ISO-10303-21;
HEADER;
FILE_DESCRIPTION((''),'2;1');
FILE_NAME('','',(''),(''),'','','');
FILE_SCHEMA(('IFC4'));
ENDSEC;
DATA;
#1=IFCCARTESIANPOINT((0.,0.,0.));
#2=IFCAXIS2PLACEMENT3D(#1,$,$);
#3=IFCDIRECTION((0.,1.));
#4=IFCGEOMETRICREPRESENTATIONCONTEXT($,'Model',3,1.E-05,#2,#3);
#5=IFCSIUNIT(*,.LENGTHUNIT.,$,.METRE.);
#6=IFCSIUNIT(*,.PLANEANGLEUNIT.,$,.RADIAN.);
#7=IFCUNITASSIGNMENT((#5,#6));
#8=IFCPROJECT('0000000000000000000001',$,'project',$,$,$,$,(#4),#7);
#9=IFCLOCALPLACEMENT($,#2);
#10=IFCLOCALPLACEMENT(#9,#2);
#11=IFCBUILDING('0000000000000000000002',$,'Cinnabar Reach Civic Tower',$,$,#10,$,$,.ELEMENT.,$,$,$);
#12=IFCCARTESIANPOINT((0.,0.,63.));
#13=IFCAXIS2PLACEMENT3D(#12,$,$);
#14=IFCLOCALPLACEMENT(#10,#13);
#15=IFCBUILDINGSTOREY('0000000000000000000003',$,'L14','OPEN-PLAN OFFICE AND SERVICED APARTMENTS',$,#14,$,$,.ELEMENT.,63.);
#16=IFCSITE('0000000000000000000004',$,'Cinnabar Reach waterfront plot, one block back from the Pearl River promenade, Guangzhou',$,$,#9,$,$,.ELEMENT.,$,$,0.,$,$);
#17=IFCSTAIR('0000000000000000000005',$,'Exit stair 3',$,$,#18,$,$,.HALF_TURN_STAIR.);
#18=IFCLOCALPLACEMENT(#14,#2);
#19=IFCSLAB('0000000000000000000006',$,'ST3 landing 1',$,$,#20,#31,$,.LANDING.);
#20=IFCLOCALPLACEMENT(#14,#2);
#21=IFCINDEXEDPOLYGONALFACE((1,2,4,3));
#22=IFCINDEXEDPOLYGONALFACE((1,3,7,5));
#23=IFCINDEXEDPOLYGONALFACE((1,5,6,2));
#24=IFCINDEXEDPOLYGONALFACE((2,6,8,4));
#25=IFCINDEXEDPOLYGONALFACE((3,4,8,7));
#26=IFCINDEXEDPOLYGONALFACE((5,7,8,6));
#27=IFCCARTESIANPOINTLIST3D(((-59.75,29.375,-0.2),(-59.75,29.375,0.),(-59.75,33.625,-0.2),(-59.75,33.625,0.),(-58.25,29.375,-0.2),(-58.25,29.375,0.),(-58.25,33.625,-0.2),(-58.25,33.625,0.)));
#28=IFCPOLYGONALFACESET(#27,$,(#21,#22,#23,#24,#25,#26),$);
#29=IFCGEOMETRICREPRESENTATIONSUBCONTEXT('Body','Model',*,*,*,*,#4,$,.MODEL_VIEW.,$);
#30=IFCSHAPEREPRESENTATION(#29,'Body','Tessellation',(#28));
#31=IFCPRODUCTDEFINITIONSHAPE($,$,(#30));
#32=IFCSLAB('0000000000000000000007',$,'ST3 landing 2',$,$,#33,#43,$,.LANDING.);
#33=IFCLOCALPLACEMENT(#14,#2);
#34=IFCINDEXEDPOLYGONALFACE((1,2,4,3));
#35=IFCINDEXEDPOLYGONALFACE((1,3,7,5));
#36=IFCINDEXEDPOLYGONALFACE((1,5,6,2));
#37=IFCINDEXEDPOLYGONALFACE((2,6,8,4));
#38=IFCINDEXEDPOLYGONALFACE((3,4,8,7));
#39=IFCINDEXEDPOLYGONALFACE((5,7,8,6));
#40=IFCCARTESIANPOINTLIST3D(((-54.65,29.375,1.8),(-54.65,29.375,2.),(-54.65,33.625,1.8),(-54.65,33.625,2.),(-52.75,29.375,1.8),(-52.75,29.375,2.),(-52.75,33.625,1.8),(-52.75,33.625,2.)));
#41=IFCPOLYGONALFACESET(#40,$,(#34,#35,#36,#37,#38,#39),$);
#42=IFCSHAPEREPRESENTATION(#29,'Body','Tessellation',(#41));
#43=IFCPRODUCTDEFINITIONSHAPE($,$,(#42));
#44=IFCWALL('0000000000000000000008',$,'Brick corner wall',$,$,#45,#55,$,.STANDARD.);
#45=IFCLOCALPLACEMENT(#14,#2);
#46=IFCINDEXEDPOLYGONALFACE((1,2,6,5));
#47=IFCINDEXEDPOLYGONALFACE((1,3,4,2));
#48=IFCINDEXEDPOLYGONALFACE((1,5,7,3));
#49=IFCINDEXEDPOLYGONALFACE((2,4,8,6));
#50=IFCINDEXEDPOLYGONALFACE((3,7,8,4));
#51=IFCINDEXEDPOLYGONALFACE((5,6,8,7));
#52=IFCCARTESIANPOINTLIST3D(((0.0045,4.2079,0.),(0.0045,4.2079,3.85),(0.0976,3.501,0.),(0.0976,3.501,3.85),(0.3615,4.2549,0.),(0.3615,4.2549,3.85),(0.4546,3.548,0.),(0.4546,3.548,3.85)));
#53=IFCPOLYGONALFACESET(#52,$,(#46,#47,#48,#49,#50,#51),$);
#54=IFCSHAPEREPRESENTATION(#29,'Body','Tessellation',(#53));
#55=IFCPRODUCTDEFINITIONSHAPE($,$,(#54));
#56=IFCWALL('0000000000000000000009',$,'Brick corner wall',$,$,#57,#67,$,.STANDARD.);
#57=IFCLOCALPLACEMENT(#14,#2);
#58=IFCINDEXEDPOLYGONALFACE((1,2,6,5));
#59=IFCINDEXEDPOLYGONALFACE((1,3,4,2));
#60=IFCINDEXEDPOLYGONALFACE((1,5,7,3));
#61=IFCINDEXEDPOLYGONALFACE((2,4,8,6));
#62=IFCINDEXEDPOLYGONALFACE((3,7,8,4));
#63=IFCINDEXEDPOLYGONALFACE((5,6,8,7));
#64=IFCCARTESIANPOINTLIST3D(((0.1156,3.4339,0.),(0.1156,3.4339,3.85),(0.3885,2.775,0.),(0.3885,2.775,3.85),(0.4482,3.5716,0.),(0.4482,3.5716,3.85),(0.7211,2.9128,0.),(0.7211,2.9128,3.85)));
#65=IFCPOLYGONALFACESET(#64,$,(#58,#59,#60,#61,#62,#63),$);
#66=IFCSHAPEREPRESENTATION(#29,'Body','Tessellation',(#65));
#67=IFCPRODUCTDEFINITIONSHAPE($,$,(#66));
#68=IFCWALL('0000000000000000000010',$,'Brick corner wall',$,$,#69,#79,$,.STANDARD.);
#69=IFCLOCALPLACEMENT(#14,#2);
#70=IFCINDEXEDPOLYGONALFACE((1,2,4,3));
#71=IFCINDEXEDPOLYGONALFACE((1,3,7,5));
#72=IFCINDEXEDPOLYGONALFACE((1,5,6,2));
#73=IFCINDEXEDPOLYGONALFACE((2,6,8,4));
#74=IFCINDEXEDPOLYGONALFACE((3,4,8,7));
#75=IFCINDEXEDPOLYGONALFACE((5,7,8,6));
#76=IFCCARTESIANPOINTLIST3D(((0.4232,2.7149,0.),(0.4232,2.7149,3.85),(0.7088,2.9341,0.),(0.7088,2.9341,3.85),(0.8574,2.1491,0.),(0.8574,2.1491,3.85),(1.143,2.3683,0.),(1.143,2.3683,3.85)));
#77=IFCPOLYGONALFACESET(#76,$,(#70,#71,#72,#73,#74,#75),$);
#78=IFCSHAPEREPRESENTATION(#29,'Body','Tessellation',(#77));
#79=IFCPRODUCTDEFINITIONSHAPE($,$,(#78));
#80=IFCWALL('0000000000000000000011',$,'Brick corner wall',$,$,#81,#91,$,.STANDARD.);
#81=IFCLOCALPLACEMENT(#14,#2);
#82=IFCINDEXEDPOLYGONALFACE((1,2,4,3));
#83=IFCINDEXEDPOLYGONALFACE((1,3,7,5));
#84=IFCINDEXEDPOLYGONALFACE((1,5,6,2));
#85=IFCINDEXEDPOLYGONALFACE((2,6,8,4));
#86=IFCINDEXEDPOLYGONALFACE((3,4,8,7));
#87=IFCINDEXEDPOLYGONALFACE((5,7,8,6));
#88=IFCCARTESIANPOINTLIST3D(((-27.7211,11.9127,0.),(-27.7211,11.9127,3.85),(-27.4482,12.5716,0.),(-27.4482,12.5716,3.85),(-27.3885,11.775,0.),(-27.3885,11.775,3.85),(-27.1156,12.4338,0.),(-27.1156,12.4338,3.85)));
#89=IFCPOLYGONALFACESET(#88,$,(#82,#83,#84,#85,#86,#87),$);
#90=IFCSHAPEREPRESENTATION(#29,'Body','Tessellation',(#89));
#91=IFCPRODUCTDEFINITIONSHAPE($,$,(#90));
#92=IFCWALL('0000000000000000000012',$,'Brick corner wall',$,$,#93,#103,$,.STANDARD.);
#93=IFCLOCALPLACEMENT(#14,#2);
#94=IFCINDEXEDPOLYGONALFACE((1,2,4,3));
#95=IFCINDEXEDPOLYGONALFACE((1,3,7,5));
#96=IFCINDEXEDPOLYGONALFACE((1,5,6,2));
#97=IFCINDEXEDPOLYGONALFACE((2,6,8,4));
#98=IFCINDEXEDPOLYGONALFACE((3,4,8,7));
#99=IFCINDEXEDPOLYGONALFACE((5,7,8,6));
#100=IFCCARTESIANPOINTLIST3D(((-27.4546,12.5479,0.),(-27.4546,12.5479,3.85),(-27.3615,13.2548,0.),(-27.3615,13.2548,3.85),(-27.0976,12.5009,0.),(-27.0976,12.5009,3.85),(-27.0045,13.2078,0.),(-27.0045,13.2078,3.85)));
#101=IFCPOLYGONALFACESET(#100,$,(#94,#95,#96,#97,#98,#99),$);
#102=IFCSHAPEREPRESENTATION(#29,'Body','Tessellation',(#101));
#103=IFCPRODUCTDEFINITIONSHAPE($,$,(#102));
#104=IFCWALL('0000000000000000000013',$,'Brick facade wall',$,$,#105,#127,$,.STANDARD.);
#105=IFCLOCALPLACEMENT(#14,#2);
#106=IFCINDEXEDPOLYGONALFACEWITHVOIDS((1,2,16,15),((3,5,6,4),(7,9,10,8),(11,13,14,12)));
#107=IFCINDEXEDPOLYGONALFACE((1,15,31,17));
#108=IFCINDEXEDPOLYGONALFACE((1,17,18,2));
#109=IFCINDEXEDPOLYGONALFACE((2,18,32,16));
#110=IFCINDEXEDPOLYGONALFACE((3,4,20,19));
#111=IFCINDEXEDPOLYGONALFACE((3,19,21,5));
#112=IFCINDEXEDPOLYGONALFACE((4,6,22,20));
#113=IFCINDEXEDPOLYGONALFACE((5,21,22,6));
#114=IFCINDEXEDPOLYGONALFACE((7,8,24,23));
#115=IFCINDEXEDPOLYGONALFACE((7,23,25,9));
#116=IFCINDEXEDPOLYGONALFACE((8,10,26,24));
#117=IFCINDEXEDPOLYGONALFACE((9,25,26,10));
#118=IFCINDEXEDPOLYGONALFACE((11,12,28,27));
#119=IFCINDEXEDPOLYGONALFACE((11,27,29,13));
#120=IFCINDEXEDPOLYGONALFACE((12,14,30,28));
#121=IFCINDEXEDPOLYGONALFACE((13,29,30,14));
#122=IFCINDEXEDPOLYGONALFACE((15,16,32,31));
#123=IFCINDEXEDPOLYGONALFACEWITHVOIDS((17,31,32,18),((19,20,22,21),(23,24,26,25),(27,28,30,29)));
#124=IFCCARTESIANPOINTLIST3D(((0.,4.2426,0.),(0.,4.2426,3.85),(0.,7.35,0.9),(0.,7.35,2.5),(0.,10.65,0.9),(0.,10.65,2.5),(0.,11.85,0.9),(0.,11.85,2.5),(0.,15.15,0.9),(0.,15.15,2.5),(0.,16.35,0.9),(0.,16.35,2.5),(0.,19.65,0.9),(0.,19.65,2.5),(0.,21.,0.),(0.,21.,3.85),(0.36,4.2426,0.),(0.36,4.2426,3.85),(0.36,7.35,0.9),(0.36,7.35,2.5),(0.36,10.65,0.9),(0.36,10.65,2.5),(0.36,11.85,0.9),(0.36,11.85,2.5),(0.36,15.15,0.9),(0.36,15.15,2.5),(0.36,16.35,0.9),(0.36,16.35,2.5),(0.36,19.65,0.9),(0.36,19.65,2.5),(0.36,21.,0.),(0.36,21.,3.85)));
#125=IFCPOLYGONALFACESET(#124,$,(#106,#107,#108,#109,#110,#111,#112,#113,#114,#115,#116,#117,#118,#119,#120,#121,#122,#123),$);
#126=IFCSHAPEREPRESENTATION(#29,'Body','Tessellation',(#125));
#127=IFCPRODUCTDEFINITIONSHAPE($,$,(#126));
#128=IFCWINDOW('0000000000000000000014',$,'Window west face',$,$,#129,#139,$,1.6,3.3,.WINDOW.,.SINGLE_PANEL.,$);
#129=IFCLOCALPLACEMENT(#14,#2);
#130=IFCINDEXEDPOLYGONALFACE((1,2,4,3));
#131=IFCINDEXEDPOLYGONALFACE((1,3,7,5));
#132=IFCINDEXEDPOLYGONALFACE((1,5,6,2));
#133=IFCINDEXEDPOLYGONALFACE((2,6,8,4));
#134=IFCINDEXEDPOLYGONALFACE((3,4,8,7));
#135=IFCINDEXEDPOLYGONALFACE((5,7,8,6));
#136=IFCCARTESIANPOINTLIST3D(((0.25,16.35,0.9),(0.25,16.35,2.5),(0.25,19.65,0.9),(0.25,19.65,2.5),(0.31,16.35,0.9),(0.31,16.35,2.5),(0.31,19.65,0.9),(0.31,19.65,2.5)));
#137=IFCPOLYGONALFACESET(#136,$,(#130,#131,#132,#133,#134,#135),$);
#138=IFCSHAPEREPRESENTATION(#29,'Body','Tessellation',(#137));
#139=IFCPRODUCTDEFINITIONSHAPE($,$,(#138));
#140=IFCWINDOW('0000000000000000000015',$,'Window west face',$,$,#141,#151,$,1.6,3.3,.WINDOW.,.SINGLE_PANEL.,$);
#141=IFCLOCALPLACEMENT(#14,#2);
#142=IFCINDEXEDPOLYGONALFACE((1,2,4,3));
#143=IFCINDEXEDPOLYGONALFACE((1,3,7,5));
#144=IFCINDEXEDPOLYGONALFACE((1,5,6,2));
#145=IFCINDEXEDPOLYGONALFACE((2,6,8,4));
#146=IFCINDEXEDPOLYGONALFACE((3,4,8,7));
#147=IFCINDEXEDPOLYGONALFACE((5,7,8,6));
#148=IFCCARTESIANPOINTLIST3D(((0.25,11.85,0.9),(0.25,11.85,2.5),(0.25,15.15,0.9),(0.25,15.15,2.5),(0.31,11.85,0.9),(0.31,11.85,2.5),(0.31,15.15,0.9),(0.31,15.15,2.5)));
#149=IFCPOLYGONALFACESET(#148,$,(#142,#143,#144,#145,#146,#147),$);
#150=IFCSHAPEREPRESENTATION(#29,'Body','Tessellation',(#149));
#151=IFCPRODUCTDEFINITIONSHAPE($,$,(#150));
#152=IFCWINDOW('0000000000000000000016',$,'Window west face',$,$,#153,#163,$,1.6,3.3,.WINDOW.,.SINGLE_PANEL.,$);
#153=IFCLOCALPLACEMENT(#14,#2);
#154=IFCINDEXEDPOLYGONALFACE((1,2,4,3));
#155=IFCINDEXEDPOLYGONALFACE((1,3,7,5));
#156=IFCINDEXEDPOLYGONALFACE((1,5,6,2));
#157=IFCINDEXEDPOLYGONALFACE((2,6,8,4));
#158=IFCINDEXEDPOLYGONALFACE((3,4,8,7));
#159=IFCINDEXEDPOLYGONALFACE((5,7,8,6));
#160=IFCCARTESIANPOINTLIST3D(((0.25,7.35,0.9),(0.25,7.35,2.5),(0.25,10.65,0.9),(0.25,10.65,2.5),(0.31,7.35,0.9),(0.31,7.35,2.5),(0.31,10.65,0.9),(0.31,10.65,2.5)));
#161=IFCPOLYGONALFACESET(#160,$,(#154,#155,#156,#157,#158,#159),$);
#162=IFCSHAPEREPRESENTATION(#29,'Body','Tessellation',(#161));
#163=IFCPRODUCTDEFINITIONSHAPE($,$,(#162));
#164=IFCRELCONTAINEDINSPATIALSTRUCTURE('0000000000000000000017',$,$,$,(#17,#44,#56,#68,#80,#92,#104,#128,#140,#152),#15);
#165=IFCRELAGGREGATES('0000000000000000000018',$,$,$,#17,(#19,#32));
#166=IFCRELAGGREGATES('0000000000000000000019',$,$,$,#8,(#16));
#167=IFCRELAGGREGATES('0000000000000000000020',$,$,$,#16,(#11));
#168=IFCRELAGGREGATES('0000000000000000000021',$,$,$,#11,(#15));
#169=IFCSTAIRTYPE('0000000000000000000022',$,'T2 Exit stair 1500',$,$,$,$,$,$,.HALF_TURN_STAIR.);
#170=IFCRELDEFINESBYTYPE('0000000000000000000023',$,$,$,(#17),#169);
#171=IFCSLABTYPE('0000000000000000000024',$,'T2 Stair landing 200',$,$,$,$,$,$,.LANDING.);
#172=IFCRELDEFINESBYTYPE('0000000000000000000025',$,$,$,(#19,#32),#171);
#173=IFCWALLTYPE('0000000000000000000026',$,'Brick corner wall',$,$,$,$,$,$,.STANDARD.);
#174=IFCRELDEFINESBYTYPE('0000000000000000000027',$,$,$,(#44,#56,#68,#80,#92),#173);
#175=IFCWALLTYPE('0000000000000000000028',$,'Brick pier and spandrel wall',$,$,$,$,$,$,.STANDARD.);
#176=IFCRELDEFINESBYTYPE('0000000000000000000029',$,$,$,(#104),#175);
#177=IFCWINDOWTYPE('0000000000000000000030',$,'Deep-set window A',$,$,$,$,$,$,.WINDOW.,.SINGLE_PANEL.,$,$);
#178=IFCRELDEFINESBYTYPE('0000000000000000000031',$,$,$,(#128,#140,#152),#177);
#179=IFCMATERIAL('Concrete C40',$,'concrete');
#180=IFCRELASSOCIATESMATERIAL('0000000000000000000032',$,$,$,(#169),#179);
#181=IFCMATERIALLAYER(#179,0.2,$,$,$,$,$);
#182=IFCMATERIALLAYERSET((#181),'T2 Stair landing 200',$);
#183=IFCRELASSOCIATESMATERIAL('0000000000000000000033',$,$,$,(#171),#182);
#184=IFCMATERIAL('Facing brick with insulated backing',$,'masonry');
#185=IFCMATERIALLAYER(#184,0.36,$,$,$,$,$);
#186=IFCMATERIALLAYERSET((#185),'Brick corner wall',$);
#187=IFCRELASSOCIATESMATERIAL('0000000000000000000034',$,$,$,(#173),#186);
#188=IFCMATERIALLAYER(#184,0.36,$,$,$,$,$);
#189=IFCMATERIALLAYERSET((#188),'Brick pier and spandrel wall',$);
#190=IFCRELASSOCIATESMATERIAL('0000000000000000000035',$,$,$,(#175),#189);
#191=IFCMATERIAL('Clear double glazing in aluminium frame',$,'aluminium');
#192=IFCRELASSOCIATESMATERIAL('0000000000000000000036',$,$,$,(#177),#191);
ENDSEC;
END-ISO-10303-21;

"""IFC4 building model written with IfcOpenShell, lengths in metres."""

from ifc_helpers import new_model, si_unit, direction, frame, frame_2d, origin, place, context, subcontext, project, spatial, polyline, rectangle, outline, extrude, material, layer, layer_set, type_object, element, fill, aggregate, save


model = new_model("IFC4")

# Units and contexts
model_context = context("Model", 3, precision=1e-05, world=origin(), true_north=direction((0.0, 1.0)))
body_context = subcontext(model_context, "Body", "Model", "MODEL_VIEW")
ifc_project = project(units=[si_unit("LENGTHUNIT", "METRE"), si_unit("PLANEANGLEUNIT", "RADIAN")], contexts=[model_context])

# Site, building, storey
site_placement = place(None, origin())
site = spatial("IfcSite", under=ifc_project, at=site_placement, Name="Cinnabar Reach waterfront plot, one block back from the Pearl River promenade, Guangzhou", CompositionType="ELEMENT", RefElevation=0.0)
building_placement = place(site_placement, origin())
building = spatial("IfcBuilding", under=site, at=building_placement, Name="Cinnabar Reach Civic Tower", CompositionType="ELEMENT")
storey_placement = place(building_placement, frame((0.0, 0.0, 63.0)))
storey = spatial("IfcBuildingStorey", under=building, at=storey_placement, Name="L14", Description="OPEN-PLAN OFFICE AND SERVICED APARTMENTS", CompositionType="ELEMENT", Elevation=63.0)

# Shared definitions
ifc_material_1 = material(Name="Concrete C40", Category="concrete")

# Stair, slabs
stair_type_1 = type_object("IfcStairType", Name="T2 Exit stair 1500", PredefinedType="HALF_TURN_STAIR", material=ifc_material_1)
ifc_layer_1 = layer(ifc_material_1, 0.2)
ifc_layer_set_1 = layer_set([ifc_layer_1], Name="T2 Stair landing 200")
slab_type_1 = type_object("IfcSlabType", Name="T2 Stair landing 200", PredefinedType="LANDING", material=ifc_layer_set_1)
stair_1_placement = place(storey_placement, origin())
stair_1 = element("IfcStair", 1, at=stair_1_placement, inside=storey, type_object=stair_type_1, Name="Exit stair 3", PredefinedType="HALF_TURN_STAIR")
slab_1_placement = place(storey_placement, frame((0.0, 0.0, -0.2)))
slab_1 = element("IfcSlab", 2, at=slab_1_placement, type_object=slab_type_1, Name="ST3 landing 1", PredefinedType="LANDING", context=body_context, shape_type="SweptSolid", body=[
    extrude(outline(polyline([(-59.75, 29.375), (-59.75, 33.625), (-58.25, 33.625), (-58.25, 29.375), (-59.75, 29.375)])), origin(), (0.0, 0.0, 1.0), 0.2),
])
slab_2_placement = place(storey_placement, frame((0.0, 0.0, 1.8)))
slab_2 = element("IfcSlab", 3, at=slab_2_placement, type_object=slab_type_1, Name="ST3 landing 2", PredefinedType="LANDING", context=body_context, shape_type="SweptSolid", body=[
    extrude(outline(polyline([(-54.65, 29.375), (-54.65, 33.625), (-52.75, 33.625), (-52.75, 29.375), (-54.65, 29.375)])), origin(), (0.0, 0.0, 1.0), 0.2),
])
aggregate(stair_1, [slab_1, slab_2])

# Walls
ifc_material_2 = material(Name="Facing brick with insulated backing", Category="masonry")
ifc_layer_2 = layer(ifc_material_2, 0.36)
ifc_layer_set_2 = layer_set([ifc_layer_2], Name="Brick corner wall")
wall_type_1 = type_object("IfcWallType", Name="Brick corner wall", PredefinedType="STANDARD", material=ifc_layer_set_2)
for number, where, z_axis, x_axis, name in (
    (4, (0.183, 4.2314, 0.0), (0.0, 0.0, 1.0), (0.130556, -0.991441, 0.0), "Brick corner wall"),
    (5, (0.2819, 3.5027, 0.0), (0.0, 0.0, 1.0), (0.382703, -0.923872, 0.0), "Brick corner wall"),
):
    element("IfcWall", number, at=place(storey_placement, frame(where, z_axis=z_axis, x_axis=x_axis)), inside=storey, type_object=wall_type_1, Name=name, PredefinedType="STANDARD", context=body_context, shape_type="SweptSolid", body=[
        extrude(rectangle(XDim=0.7131, YDim=0.36, at=frame_2d((0.3565, 0.0))), origin(), (0.0, 0.0, 1.0), 3.85),
    ])
wall_1_placement = place(storey_placement, frame((0.566, 2.8245, 0.0), z_axis=(0.0, 0.0, 1.0), x_axis=(0.608802, -0.793322, 0.0)))
element("IfcWall", 6, at=wall_1_placement, inside=storey, type_object=wall_type_1, Name="Brick corner wall", PredefinedType="STANDARD", context=body_context, shape_type="SweptSolid", body=[
    extrude(rectangle(XDim=0.7132, YDim=0.36, at=frame_2d((0.3566, 0.0))), origin(), (0.0, 0.0, 1.0), 3.85),
])
for number, where, z_axis, x_axis, name in (
    (7, (-27.5548, 11.8439, 0.0), (0.0, 0.0, 1.0), (0.382703, 0.923872, 0.0), "Brick corner wall"),
    (8, (-27.2761, 12.5244, 0.0), (0.0, 0.0, 1.0), (0.130556, 0.991441, 0.0), "Brick corner wall"),
):
    element("IfcWall", number, at=place(storey_placement, frame(where, z_axis=z_axis, x_axis=x_axis)), inside=storey, type_object=wall_type_1, Name=name, PredefinedType="STANDARD", context=body_context, shape_type="SweptSolid", body=[
        extrude(rectangle(XDim=0.7131, YDim=0.36, at=frame_2d((0.3565, 0.0))), origin(), (0.0, 0.0, 1.0), 3.85),
    ])

# Wall, openings, windows
ifc_layer_3 = layer(ifc_material_2, 0.36)
ifc_layer_set_3 = layer_set([ifc_layer_3], Name="Brick pier and spandrel wall")
wall_type_2 = type_object("IfcWallType", Name="Brick pier and spandrel wall", PredefinedType="STANDARD", material=ifc_layer_set_3)
wall_2_placement = place(storey_placement, frame((0.18, 21.0, 0.0), z_axis=(0.0, 0.0, 1.0), x_axis=(0.0, -1.0, 0.0)))
wall_2 = element("IfcWall", 9, at=wall_2_placement, inside=storey, type_object=wall_type_2, Name="Brick facade wall", PredefinedType="STANDARD", context=body_context, shape_type="SweptSolid", body=[
    extrude(rectangle(XDim=16.7574, YDim=0.36, at=frame_2d((8.3787, 0.0))), origin(), (0.0, 0.0, 1.0), 3.85),
])
opening_1_placement = place(wall_2_placement, frame((1.35, 0.0, 0.9)))
opening_1 = element("IfcOpeningElement", 10, at=opening_1_placement, cuts=wall_2, PredefinedType="OPENING", context=body_context, shape_type="SweptSolid", body=[
    extrude(rectangle(XDim=3.3, YDim=1.6, at=frame_2d((1.65, 0.8))), frame((0.0, 0.19, 0.0), z_axis=(0.0, -1.0, 0.0), x_axis=(1.0, 0.0, 0.0)), (0.0, 0.0, 1.0), 0.38),
])
opening_2_placement = place(wall_2_placement, frame((5.85, 0.0, 0.9)))
opening_2 = element("IfcOpeningElement", 11, at=opening_2_placement, cuts=wall_2, PredefinedType="OPENING", context=body_context, shape_type="SweptSolid", body=[
    extrude(rectangle(XDim=3.3, YDim=1.6, at=frame_2d((1.65, 0.8))), frame((0.0, 0.19, 0.0), z_axis=(0.0, -1.0, 0.0), x_axis=(1.0, 0.0, 0.0)), (0.0, 0.0, 1.0), 0.38),
])
opening_3_placement = place(wall_2_placement, frame((10.35, 0.0, 0.9)))
opening_3 = element("IfcOpeningElement", 12, at=opening_3_placement, cuts=wall_2, PredefinedType="OPENING", context=body_context, shape_type="SweptSolid", body=[
    extrude(rectangle(XDim=3.3, YDim=1.6, at=frame_2d((1.65, 0.8))), frame((0.0, 0.19, 0.0), z_axis=(0.0, -1.0, 0.0), x_axis=(1.0, 0.0, 0.0)), (0.0, 0.0, 1.0), 0.38),
])
ifc_material_3 = material(Name="Clear double glazing in aluminium frame", Category="aluminium")
window_type = type_object("IfcWindowType", Name="Deep-set window A", PartitioningType="SINGLE_PANEL", PredefinedType="WINDOW", material=ifc_material_3)
window_1_placement = place(opening_1_placement, origin())
window_1 = element("IfcWindow", 13, at=window_1_placement, inside=storey, type_object=window_type, Name="Window west face", OverallHeight=1.6, OverallWidth=3.3, PartitioningType="SINGLE_PANEL", PredefinedType="WINDOW", context=body_context, shape_type="SweptSolid", body=[
    extrude(rectangle(XDim=3.3, YDim=1.6, at=frame_2d((1.65, 0.8))), frame((0.0, 0.13, 0.0), z_axis=(0.0, -1.0, 0.0), x_axis=(1.0, 0.0, 0.0)), (0.0, 0.0, 1.0), 0.06),
])
fill(opening_1, window_1)
window_2_placement = place(opening_2_placement, origin())
window_2 = element("IfcWindow", 14, at=window_2_placement, inside=storey, type_object=window_type, Name="Window west face", OverallHeight=1.6, OverallWidth=3.3, PartitioningType="SINGLE_PANEL", PredefinedType="WINDOW", context=body_context, shape_type="SweptSolid", body=[
    extrude(rectangle(XDim=3.3, YDim=1.6, at=frame_2d((1.65, 0.8))), frame((0.0, 0.13, 0.0), z_axis=(0.0, -1.0, 0.0), x_axis=(1.0, 0.0, 0.0)), (0.0, 0.0, 1.0), 0.06),
])
fill(opening_2, window_2)
window_3_placement = place(opening_3_placement, origin())
window_3 = element("IfcWindow", 15, at=window_3_placement, inside=storey, type_object=window_type, Name="Window west face", OverallHeight=1.6, OverallWidth=3.3, PartitioningType="SINGLE_PANEL", PredefinedType="WINDOW", context=body_context, shape_type="SweptSolid", body=[
    extrude(rectangle(XDim=3.3, YDim=1.6, at=frame_2d((1.65, 0.8))), frame((0.0, 0.13, 0.0), z_axis=(0.0, -1.0, 0.0), x_axis=(1.0, 0.0, 0.0)), (0.0, 0.0, 1.0), 0.06),
])
fill(opening_3, window_3)

save(model, "model.ifc")
